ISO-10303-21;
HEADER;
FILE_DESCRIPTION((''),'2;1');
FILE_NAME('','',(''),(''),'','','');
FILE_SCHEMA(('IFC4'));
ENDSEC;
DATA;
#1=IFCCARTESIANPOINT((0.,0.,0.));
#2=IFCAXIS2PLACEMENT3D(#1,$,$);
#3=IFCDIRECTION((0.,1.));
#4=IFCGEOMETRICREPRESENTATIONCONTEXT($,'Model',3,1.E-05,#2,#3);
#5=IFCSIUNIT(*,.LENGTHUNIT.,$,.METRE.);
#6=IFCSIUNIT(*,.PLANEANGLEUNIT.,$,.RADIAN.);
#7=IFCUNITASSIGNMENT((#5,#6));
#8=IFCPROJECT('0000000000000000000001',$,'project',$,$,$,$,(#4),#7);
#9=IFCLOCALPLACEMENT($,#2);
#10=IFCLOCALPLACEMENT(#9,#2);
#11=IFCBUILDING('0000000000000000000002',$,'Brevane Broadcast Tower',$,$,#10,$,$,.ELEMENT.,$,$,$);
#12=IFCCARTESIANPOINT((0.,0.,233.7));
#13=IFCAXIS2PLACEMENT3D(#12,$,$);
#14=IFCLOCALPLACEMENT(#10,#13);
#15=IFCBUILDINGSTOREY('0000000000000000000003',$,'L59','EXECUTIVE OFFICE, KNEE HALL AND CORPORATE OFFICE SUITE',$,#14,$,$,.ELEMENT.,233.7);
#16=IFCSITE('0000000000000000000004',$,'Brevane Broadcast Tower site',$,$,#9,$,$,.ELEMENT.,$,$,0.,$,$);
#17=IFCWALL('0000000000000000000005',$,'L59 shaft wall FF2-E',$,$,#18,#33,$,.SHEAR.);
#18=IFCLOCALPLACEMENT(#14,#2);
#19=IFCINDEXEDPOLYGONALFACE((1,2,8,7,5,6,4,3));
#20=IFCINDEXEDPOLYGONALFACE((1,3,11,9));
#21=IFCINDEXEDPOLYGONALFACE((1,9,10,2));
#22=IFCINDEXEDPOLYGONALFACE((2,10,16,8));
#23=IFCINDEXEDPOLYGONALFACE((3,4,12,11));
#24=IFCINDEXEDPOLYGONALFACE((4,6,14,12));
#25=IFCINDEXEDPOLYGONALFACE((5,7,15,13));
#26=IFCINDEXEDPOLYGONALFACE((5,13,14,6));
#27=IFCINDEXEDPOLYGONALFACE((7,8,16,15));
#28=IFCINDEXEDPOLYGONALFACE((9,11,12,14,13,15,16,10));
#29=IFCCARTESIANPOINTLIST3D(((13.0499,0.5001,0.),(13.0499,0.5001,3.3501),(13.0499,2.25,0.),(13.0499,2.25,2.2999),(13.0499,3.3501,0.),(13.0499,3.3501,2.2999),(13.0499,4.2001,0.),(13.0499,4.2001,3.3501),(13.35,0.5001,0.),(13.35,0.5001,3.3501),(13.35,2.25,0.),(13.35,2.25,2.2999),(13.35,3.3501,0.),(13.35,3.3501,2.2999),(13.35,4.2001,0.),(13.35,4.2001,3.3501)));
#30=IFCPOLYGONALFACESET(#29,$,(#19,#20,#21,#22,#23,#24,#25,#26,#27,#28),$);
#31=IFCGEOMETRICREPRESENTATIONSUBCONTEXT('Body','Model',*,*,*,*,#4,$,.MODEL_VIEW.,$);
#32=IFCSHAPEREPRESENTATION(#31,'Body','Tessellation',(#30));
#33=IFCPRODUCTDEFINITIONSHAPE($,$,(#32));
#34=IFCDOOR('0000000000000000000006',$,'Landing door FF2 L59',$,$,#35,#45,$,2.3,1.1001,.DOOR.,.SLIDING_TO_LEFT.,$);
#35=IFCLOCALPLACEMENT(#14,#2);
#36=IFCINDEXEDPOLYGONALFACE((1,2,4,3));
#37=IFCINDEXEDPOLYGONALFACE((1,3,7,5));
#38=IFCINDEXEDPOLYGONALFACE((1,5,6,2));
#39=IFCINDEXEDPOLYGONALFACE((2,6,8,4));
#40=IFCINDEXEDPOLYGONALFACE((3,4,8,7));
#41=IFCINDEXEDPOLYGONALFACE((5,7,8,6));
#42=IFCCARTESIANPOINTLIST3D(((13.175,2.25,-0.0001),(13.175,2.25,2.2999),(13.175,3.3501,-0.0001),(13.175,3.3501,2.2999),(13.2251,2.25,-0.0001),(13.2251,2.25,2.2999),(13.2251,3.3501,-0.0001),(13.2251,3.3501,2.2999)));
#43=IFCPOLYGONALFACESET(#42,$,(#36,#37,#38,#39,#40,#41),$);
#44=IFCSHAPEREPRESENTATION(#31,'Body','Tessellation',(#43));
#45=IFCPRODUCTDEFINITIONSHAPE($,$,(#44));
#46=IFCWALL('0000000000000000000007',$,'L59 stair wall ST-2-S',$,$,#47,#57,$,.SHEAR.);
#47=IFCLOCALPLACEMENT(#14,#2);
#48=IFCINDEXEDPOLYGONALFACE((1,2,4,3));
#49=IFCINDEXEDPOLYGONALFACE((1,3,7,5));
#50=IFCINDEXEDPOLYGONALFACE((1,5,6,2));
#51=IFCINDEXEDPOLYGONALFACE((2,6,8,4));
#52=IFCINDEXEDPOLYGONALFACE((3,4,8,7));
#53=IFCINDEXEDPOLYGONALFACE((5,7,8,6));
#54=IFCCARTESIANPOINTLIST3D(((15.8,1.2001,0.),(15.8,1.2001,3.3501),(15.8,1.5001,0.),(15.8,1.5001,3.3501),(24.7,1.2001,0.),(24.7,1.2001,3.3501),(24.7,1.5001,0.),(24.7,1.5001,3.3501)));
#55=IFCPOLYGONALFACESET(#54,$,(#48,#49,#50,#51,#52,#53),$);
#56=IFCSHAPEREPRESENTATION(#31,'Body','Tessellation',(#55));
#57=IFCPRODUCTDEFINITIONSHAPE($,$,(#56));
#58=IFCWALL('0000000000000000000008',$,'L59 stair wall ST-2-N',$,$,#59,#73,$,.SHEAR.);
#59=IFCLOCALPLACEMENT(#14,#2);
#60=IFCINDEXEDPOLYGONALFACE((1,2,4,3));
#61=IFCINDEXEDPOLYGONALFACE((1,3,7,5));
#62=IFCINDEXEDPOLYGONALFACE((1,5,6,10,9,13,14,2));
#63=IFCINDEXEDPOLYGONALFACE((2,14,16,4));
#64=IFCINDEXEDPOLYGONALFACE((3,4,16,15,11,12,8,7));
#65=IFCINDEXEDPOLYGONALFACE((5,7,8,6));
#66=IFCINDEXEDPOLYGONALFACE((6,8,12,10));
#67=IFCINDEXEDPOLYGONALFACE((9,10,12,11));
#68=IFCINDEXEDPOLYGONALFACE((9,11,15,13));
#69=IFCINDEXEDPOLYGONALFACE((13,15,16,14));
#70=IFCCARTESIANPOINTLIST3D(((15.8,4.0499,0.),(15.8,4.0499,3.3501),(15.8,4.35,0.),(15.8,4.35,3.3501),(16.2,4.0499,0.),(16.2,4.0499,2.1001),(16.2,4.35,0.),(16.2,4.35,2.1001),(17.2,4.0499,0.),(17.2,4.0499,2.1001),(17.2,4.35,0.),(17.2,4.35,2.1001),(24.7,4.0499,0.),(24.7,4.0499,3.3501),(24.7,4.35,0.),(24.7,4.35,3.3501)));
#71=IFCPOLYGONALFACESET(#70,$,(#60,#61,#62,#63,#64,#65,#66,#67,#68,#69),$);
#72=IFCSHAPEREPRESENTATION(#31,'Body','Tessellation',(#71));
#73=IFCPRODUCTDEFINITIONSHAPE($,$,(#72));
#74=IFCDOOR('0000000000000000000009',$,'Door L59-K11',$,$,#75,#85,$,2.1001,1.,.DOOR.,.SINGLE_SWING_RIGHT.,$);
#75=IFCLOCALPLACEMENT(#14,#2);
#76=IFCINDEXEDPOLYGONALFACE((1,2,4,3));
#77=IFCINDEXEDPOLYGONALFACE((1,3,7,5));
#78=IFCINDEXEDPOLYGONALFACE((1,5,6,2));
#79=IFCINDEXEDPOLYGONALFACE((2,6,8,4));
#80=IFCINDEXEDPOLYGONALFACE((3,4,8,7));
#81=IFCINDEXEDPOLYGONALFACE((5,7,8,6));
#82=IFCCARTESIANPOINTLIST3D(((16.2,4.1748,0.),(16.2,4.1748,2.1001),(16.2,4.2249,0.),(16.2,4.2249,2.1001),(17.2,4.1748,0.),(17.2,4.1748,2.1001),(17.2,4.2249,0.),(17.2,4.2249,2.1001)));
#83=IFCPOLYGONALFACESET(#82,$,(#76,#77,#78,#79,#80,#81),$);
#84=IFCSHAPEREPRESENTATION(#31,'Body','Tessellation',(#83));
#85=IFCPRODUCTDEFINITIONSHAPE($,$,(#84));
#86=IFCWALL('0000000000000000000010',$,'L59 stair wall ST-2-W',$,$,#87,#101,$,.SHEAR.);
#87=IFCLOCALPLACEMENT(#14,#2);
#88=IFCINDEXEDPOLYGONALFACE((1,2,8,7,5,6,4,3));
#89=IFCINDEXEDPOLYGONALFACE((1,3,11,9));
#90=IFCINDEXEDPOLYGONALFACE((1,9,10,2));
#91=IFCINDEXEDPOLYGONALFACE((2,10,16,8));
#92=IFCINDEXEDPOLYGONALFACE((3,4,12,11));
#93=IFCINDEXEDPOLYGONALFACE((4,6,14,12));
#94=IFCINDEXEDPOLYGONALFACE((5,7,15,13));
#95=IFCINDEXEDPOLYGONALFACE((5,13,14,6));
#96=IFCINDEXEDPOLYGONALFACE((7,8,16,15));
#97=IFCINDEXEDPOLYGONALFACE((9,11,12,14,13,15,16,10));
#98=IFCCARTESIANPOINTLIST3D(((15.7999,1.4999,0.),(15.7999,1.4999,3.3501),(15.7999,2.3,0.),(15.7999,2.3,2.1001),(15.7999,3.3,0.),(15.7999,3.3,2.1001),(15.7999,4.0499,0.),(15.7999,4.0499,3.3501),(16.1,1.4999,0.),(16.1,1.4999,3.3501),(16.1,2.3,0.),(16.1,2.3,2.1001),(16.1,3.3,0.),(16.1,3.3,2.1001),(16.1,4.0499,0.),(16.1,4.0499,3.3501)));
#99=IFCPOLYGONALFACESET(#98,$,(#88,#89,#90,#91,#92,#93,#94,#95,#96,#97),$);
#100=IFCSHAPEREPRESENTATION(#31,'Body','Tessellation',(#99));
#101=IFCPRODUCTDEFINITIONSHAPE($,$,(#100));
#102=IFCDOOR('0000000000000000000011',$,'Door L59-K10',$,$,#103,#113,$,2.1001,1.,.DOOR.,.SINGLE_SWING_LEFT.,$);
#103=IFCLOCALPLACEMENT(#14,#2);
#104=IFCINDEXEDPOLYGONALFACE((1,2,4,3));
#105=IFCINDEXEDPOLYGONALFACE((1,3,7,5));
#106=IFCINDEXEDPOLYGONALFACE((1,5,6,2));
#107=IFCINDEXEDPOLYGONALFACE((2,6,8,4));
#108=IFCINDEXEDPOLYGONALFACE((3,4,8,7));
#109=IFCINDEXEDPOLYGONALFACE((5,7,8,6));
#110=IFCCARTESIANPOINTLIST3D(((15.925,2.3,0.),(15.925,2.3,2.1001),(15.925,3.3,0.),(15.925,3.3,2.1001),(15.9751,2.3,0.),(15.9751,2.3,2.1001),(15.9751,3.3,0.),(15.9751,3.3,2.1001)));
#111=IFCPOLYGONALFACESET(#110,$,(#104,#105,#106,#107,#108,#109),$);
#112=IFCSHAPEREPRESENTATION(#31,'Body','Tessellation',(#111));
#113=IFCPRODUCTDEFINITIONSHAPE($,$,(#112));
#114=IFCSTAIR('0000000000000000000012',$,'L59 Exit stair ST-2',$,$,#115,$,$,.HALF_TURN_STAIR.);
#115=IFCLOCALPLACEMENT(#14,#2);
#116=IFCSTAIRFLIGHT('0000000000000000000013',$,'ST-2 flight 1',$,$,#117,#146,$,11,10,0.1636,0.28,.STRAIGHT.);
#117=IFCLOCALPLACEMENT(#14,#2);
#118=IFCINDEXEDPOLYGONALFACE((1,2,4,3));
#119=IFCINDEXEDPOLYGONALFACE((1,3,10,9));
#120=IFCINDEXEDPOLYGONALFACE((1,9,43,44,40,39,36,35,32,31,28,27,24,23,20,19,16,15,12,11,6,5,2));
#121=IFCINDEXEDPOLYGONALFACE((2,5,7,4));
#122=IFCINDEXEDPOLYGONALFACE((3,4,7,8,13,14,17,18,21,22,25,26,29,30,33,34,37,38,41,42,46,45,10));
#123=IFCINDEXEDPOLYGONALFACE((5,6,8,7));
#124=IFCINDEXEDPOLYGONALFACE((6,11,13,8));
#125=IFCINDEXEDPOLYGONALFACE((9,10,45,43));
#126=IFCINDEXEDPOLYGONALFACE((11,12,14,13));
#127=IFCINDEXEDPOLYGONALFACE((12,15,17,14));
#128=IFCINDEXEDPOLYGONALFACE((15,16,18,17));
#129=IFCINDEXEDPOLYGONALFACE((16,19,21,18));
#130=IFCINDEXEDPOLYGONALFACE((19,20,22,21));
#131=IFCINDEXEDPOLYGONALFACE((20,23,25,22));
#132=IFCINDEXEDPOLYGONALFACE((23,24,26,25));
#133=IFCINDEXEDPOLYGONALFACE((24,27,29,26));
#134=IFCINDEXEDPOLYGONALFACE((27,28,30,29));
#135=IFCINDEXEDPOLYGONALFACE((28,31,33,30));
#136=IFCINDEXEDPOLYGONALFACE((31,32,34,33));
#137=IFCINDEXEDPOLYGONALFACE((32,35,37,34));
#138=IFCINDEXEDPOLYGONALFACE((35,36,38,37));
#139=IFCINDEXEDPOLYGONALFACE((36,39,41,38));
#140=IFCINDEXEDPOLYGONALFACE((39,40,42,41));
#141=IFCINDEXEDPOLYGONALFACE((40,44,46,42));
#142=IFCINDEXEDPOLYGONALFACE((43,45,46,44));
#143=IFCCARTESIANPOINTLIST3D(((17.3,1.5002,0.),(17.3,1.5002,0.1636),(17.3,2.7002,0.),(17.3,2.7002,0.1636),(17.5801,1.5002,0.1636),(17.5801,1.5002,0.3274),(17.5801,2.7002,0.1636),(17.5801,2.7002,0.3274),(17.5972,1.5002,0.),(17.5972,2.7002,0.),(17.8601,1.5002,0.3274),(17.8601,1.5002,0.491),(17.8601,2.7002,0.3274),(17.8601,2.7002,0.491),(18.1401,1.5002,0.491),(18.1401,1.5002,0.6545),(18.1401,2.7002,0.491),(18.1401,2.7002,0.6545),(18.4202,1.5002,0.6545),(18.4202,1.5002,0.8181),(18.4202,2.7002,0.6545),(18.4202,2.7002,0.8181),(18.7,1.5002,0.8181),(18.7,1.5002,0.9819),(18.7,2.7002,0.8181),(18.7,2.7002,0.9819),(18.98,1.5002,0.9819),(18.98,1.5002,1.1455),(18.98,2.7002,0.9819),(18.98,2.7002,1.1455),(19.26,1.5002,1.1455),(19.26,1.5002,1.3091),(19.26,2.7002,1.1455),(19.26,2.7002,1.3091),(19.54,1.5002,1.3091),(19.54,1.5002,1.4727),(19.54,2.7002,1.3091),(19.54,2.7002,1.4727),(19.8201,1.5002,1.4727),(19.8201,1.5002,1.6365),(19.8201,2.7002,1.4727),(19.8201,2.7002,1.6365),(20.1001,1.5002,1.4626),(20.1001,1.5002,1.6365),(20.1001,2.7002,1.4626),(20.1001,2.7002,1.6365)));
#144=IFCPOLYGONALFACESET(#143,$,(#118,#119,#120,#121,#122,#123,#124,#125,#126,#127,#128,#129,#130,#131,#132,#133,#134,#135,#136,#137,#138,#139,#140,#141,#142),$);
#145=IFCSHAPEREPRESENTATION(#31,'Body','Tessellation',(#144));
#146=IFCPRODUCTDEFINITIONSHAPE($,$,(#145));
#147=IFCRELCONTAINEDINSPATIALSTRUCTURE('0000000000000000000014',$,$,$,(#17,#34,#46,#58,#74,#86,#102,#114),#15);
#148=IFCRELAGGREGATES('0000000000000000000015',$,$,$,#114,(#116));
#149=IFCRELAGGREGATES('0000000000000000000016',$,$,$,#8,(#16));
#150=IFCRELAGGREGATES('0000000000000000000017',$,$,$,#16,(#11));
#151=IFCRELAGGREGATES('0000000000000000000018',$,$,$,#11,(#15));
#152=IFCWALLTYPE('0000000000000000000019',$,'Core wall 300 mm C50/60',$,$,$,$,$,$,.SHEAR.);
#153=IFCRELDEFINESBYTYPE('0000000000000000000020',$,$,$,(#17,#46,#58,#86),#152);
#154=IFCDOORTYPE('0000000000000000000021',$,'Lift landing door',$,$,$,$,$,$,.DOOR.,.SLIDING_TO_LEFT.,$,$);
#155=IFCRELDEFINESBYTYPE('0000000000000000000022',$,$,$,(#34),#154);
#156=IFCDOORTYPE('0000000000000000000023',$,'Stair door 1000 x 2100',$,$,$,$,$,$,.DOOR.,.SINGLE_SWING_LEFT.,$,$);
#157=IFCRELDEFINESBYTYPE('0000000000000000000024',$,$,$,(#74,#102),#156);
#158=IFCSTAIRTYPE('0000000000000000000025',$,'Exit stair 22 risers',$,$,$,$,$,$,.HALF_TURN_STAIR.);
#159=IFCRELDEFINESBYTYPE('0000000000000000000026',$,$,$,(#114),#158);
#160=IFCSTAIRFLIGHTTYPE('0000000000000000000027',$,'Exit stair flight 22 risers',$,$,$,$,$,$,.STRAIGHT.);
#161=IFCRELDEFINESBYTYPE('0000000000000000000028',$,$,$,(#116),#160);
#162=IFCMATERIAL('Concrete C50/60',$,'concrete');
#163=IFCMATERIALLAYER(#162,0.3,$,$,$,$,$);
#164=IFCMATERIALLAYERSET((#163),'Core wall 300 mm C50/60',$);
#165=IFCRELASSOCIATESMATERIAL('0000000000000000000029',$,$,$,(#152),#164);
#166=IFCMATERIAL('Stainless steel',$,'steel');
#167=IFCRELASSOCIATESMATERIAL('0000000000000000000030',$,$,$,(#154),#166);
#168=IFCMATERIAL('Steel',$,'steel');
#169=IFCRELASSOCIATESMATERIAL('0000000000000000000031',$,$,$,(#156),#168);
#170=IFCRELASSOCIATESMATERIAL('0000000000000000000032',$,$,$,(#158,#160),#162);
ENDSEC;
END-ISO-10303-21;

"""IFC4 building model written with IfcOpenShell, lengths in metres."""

from ifc_helpers import new_model, si_unit, direction, frame, frame_2d, origin, place, context, subcontext, project, spatial, polyline, rectangle, outline, extrude, material, layer, layer_set, type_object, element, fill, aggregate, save


model = new_model("IFC4")

# Units and contexts
model_context = context("Model", 3, precision=1e-05, world=origin(), true_north=direction((0.0, 1.0)))
body_context = subcontext(model_context, "Body", "Model", "MODEL_VIEW")
ifc_project = project(units=[si_unit("LENGTHUNIT", "METRE"), si_unit("PLANEANGLEUNIT", "RADIAN")], contexts=[model_context])

# Site, building, storey
site_placement = place(None, origin())
site = spatial("IfcSite", under=ifc_project, at=site_placement, Name="Brevane Broadcast Tower site", CompositionType="ELEMENT", RefElevation=0.0)
building_placement = place(site_placement, origin())
building = spatial("IfcBuilding", under=site, at=building_placement, Name="Brevane Broadcast Tower", CompositionType="ELEMENT")
storey_placement = place(building_placement, frame((0.0, 0.0, 233.7)))
storey = spatial("IfcBuildingStorey", under=building, at=storey_placement, Name="L59", Description="EXECUTIVE OFFICE, KNEE HALL AND CORPORATE OFFICE SUITE", CompositionType="ELEMENT", Elevation=233.7)

# Shared definitions
ifc_material_1 = material(Name="Concrete C50/60", Category="concrete")
ifc_layer_1 = layer(ifc_material_1, 0.3)
ifc_layer_set_1 = layer_set([ifc_layer_1], Name="Core wall 300 mm C50/60")
wall_type_1 = type_object("IfcWallType", Name="Core wall 300 mm C50/60", PredefinedType="SHEAR", material=ifc_layer_set_1)

# Wall, opening, door
wall_1_placement = place(storey_placement, frame((13.2, 0.5, 0.0), z_axis=(0.0, 0.0, 1.0), x_axis=(0.0, 1.0, 0.0)))
wall_1 = element("IfcWall", 1, at=wall_1_placement, inside=storey, type_object=wall_type_1, Name="L59 shaft wall FF2-E", PredefinedType="SHEAR", context=body_context, shape_type="SweptSolid", body=[
    extrude(rectangle(XDim=3.7, YDim=0.3, at=frame_2d((1.8501, 0.0))), origin(), (0.0, 0.0, 1.0), 3.3501),
])
opening_1_placement = place(wall_1_placement, frame((1.75, 0.0, 0.0)))
opening_1 = element("IfcOpeningElement", 2, at=opening_1_placement, cuts=wall_1, PredefinedType="OPENING", context=body_context, shape_type="SweptSolid", body=[
    extrude(rectangle(XDim=1.1001, YDim=2.3, at=frame_2d((0.55, 1.1499))), frame((0.0, 0.1599, 0.0), z_axis=(0.0, -1.0, 0.0), x_axis=(1.0, 0.0, 0.0)), (0.0, 0.0, 1.0), 0.3201),
])
ifc_material_2 = material(Name="Stainless steel", Category="steel")
door_type_1 = type_object("IfcDoorType", Name="Lift landing door", OperationType="SLIDING_TO_LEFT", PredefinedType="DOOR", material=ifc_material_2)
door_1_placement = place(opening_1_placement, origin())
door_1 = element("IfcDoor", 3, at=door_1_placement, inside=storey, type_object=door_type_1, Name="Landing door FF2 L59", OperationType="SLIDING_TO_LEFT", OverallHeight=2.3, OverallWidth=1.1001, PredefinedType="DOOR", context=body_context, shape_type="SweptSolid", body=[
    extrude(rectangle(XDim=1.1001, YDim=2.3, at=frame_2d((0.55, 1.1499))), frame((0.0, 0.0249, 0.0), z_axis=(0.0, -1.0, 0.0), x_axis=(1.0, 0.0, 0.0)), (0.0, 0.0, 1.0), 0.05),
])
fill(opening_1, door_1)

# Wall
wall_2_placement = place(storey_placement, frame((15.8, 1.3501, 0.0), z_axis=(0.0, 0.0, 1.0), x_axis=(1.0, 0.0, 0.0)))
element("IfcWall", 4, at=wall_2_placement, inside=storey, type_object=wall_type_1, Name="L59 stair wall ST-2-S", PredefinedType="SHEAR", context=body_context, shape_type="SweptSolid", body=[
    extrude(rectangle(XDim=8.8999, YDim=0.3, at=frame_2d((4.45, 0.0))), origin(), (0.0, 0.0, 1.0), 3.3501),
])

# Walls, openings, doors
wall_3_placement = place(storey_placement, frame((15.8, 4.2, 0.0), z_axis=(0.0, 0.0, 1.0), x_axis=(1.0, 0.0, 0.0)))
wall_3 = element("IfcWall", 5, at=wall_3_placement, inside=storey, type_object=wall_type_1, Name="L59 stair wall ST-2-N", PredefinedType="SHEAR", context=body_context, shape_type="SweptSolid", body=[
    extrude(rectangle(XDim=8.8999, YDim=0.3, at=frame_2d((4.45, 0.0))), origin(), (0.0, 0.0, 1.0), 3.3501),
])
opening_2_placement = place(wall_3_placement, frame((0.3999, 0.0, 0.0)))
opening_2 = element("IfcOpeningElement", 6, at=opening_2_placement, cuts=wall_3, PredefinedType="OPENING", context=body_context, shape_type="SweptSolid", body=[
    extrude(rectangle(XDim=1.0, YDim=2.1001, at=frame_2d((0.5, 1.05))), frame((0.0, 0.1599, 0.0), z_axis=(0.0, -1.0, 0.0), x_axis=(1.0, 0.0, 0.0)), (0.0, 0.0, 1.0), 0.3201),
])
ifc_material_3 = material(Name="Steel", Category="steel")
door_type_2 = type_object("IfcDoorType", Name="Stair door 1000 x 2100", OperationType="SINGLE_SWING_LEFT", PredefinedType="DOOR", material=ifc_material_3)
door_2_placement = place(opening_2_placement, origin())
door_2 = element("IfcDoor", 7, at=door_2_placement, inside=storey, type_object=door_type_2, Name="Door L59-K11", OperationType="SINGLE_SWING_RIGHT", OverallHeight=2.1001, OverallWidth=1.0, PredefinedType="DOOR", context=body_context, shape_type="SweptSolid", body=[
    extrude(rectangle(XDim=1.0, YDim=2.1001, at=frame_2d((0.5, 1.05))), frame((0.0, 0.0249, 0.0), z_axis=(0.0, -1.0, 0.0), x_axis=(1.0, 0.0, 0.0)), (0.0, 0.0, 1.0), 0.05),
])
fill(opening_2, door_2)
wall_4_placement = place(storey_placement, frame((15.95, 1.5, 0.0), z_axis=(0.0, 0.0, 1.0), x_axis=(0.0, 1.0, 0.0)))
wall_4 = element("IfcWall", 8, at=wall_4_placement, inside=storey, type_object=wall_type_1, Name="L59 stair wall ST-2-W", PredefinedType="SHEAR", context=body_context, shape_type="SweptSolid", body=[
    extrude(rectangle(XDim=2.55, YDim=0.3, at=frame_2d((1.2749, 0.0))), origin(), (0.0, 0.0, 1.0), 3.3501),
])
opening_3_placement = place(wall_4_placement, frame((0.8, 0.0, 0.0)))
opening_3 = element("IfcOpeningElement", 9, at=opening_3_placement, cuts=wall_4, PredefinedType="OPENING", context=body_context, shape_type="SweptSolid", body=[
    extrude(rectangle(XDim=1.0, YDim=2.1001, at=frame_2d((0.5, 1.05))), frame((0.0, 0.1599, 0.0), z_axis=(0.0, -1.0, 0.0), x_axis=(1.0, 0.0, 0.0)), (0.0, 0.0, 1.0), 0.3201),
])
door_3_placement = place(opening_3_placement, origin())
door_3 = element("IfcDoor", 10, at=door_3_placement, inside=storey, type_object=door_type_2, Name="Door L59-K10", OperationType="SINGLE_SWING_LEFT", OverallHeight=2.1001, OverallWidth=1.0, PredefinedType="DOOR", context=body_context, shape_type="SweptSolid", body=[
    extrude(rectangle(XDim=1.0, YDim=2.1001, at=frame_2d((0.5, 1.05))), frame((0.0, 0.0249, 0.0), z_axis=(0.0, -1.0, 0.0), x_axis=(1.0, 0.0, 0.0)), (0.0, 0.0, 1.0), 0.05),
])
fill(opening_3, door_3)

# Stair, stair flight
stair_type = type_object("IfcStairType", Name="Exit stair 22 risers", PredefinedType="HALF_TURN_STAIR", material=ifc_material_1)
stair_placement = place(storey_placement, origin())
stair = element("IfcStair", 11, at=stair_placement, inside=storey, type_object=stair_type, Name="L59 Exit stair ST-2", PredefinedType="HALF_TURN_STAIR")
stair_flight_type = type_object("IfcStairFlightType", Name="Exit stair flight 22 risers", PredefinedType="STRAIGHT", material=ifc_material_1)
stair_flight_placement = place(storey_placement, frame((17.3, 2.1001, 0.0), z_axis=(0.0, 0.0, 1.0), x_axis=(1.0, 0.0, 0.0)))
stair_flight = element("IfcStairFlight", 12, at=stair_flight_placement, type_object=stair_flight_type, Name="ST-2 flight 1", NumberOfRisers=11, NumberOfTreads=10, PredefinedType="STRAIGHT", RiserHeight=0.1636, TreadLength=0.28, context=body_context, shape_type="SweptSolid", body=[
    extrude(outline(polyline([(0.0, 0.0), (0.0, 0.1636), (0.28, 0.1636), (0.28, 0.3274), (0.5601, 0.3274), (0.5601, 0.491), (0.8401, 0.491), (0.8401, 0.6545), (1.1201, 0.6545), (1.1201, 0.8181), (1.3999, 0.8181), (1.3999, 0.9819), (1.6799, 0.9819), (1.6799, 1.1455), (1.96, 1.1455), (1.96, 1.3091), (2.24, 1.3091), (2.24, 1.4727), (2.52, 1.4727), (2.52, 1.6365), (2.8, 1.6365), (2.8, 1.8), (2.8, 1.4626), (0.2971, 0.0), (0.0, 0.0)])), frame((0.0, 0.6001, 0.0), z_axis=(0.0, -1.0, 0.0), x_axis=(1.0, 0.0, 0.0)), (0.0, 0.0, 1.0), 1.2),
])
aggregate(stair, [stair_flight])

save(model, "model.ifc")
